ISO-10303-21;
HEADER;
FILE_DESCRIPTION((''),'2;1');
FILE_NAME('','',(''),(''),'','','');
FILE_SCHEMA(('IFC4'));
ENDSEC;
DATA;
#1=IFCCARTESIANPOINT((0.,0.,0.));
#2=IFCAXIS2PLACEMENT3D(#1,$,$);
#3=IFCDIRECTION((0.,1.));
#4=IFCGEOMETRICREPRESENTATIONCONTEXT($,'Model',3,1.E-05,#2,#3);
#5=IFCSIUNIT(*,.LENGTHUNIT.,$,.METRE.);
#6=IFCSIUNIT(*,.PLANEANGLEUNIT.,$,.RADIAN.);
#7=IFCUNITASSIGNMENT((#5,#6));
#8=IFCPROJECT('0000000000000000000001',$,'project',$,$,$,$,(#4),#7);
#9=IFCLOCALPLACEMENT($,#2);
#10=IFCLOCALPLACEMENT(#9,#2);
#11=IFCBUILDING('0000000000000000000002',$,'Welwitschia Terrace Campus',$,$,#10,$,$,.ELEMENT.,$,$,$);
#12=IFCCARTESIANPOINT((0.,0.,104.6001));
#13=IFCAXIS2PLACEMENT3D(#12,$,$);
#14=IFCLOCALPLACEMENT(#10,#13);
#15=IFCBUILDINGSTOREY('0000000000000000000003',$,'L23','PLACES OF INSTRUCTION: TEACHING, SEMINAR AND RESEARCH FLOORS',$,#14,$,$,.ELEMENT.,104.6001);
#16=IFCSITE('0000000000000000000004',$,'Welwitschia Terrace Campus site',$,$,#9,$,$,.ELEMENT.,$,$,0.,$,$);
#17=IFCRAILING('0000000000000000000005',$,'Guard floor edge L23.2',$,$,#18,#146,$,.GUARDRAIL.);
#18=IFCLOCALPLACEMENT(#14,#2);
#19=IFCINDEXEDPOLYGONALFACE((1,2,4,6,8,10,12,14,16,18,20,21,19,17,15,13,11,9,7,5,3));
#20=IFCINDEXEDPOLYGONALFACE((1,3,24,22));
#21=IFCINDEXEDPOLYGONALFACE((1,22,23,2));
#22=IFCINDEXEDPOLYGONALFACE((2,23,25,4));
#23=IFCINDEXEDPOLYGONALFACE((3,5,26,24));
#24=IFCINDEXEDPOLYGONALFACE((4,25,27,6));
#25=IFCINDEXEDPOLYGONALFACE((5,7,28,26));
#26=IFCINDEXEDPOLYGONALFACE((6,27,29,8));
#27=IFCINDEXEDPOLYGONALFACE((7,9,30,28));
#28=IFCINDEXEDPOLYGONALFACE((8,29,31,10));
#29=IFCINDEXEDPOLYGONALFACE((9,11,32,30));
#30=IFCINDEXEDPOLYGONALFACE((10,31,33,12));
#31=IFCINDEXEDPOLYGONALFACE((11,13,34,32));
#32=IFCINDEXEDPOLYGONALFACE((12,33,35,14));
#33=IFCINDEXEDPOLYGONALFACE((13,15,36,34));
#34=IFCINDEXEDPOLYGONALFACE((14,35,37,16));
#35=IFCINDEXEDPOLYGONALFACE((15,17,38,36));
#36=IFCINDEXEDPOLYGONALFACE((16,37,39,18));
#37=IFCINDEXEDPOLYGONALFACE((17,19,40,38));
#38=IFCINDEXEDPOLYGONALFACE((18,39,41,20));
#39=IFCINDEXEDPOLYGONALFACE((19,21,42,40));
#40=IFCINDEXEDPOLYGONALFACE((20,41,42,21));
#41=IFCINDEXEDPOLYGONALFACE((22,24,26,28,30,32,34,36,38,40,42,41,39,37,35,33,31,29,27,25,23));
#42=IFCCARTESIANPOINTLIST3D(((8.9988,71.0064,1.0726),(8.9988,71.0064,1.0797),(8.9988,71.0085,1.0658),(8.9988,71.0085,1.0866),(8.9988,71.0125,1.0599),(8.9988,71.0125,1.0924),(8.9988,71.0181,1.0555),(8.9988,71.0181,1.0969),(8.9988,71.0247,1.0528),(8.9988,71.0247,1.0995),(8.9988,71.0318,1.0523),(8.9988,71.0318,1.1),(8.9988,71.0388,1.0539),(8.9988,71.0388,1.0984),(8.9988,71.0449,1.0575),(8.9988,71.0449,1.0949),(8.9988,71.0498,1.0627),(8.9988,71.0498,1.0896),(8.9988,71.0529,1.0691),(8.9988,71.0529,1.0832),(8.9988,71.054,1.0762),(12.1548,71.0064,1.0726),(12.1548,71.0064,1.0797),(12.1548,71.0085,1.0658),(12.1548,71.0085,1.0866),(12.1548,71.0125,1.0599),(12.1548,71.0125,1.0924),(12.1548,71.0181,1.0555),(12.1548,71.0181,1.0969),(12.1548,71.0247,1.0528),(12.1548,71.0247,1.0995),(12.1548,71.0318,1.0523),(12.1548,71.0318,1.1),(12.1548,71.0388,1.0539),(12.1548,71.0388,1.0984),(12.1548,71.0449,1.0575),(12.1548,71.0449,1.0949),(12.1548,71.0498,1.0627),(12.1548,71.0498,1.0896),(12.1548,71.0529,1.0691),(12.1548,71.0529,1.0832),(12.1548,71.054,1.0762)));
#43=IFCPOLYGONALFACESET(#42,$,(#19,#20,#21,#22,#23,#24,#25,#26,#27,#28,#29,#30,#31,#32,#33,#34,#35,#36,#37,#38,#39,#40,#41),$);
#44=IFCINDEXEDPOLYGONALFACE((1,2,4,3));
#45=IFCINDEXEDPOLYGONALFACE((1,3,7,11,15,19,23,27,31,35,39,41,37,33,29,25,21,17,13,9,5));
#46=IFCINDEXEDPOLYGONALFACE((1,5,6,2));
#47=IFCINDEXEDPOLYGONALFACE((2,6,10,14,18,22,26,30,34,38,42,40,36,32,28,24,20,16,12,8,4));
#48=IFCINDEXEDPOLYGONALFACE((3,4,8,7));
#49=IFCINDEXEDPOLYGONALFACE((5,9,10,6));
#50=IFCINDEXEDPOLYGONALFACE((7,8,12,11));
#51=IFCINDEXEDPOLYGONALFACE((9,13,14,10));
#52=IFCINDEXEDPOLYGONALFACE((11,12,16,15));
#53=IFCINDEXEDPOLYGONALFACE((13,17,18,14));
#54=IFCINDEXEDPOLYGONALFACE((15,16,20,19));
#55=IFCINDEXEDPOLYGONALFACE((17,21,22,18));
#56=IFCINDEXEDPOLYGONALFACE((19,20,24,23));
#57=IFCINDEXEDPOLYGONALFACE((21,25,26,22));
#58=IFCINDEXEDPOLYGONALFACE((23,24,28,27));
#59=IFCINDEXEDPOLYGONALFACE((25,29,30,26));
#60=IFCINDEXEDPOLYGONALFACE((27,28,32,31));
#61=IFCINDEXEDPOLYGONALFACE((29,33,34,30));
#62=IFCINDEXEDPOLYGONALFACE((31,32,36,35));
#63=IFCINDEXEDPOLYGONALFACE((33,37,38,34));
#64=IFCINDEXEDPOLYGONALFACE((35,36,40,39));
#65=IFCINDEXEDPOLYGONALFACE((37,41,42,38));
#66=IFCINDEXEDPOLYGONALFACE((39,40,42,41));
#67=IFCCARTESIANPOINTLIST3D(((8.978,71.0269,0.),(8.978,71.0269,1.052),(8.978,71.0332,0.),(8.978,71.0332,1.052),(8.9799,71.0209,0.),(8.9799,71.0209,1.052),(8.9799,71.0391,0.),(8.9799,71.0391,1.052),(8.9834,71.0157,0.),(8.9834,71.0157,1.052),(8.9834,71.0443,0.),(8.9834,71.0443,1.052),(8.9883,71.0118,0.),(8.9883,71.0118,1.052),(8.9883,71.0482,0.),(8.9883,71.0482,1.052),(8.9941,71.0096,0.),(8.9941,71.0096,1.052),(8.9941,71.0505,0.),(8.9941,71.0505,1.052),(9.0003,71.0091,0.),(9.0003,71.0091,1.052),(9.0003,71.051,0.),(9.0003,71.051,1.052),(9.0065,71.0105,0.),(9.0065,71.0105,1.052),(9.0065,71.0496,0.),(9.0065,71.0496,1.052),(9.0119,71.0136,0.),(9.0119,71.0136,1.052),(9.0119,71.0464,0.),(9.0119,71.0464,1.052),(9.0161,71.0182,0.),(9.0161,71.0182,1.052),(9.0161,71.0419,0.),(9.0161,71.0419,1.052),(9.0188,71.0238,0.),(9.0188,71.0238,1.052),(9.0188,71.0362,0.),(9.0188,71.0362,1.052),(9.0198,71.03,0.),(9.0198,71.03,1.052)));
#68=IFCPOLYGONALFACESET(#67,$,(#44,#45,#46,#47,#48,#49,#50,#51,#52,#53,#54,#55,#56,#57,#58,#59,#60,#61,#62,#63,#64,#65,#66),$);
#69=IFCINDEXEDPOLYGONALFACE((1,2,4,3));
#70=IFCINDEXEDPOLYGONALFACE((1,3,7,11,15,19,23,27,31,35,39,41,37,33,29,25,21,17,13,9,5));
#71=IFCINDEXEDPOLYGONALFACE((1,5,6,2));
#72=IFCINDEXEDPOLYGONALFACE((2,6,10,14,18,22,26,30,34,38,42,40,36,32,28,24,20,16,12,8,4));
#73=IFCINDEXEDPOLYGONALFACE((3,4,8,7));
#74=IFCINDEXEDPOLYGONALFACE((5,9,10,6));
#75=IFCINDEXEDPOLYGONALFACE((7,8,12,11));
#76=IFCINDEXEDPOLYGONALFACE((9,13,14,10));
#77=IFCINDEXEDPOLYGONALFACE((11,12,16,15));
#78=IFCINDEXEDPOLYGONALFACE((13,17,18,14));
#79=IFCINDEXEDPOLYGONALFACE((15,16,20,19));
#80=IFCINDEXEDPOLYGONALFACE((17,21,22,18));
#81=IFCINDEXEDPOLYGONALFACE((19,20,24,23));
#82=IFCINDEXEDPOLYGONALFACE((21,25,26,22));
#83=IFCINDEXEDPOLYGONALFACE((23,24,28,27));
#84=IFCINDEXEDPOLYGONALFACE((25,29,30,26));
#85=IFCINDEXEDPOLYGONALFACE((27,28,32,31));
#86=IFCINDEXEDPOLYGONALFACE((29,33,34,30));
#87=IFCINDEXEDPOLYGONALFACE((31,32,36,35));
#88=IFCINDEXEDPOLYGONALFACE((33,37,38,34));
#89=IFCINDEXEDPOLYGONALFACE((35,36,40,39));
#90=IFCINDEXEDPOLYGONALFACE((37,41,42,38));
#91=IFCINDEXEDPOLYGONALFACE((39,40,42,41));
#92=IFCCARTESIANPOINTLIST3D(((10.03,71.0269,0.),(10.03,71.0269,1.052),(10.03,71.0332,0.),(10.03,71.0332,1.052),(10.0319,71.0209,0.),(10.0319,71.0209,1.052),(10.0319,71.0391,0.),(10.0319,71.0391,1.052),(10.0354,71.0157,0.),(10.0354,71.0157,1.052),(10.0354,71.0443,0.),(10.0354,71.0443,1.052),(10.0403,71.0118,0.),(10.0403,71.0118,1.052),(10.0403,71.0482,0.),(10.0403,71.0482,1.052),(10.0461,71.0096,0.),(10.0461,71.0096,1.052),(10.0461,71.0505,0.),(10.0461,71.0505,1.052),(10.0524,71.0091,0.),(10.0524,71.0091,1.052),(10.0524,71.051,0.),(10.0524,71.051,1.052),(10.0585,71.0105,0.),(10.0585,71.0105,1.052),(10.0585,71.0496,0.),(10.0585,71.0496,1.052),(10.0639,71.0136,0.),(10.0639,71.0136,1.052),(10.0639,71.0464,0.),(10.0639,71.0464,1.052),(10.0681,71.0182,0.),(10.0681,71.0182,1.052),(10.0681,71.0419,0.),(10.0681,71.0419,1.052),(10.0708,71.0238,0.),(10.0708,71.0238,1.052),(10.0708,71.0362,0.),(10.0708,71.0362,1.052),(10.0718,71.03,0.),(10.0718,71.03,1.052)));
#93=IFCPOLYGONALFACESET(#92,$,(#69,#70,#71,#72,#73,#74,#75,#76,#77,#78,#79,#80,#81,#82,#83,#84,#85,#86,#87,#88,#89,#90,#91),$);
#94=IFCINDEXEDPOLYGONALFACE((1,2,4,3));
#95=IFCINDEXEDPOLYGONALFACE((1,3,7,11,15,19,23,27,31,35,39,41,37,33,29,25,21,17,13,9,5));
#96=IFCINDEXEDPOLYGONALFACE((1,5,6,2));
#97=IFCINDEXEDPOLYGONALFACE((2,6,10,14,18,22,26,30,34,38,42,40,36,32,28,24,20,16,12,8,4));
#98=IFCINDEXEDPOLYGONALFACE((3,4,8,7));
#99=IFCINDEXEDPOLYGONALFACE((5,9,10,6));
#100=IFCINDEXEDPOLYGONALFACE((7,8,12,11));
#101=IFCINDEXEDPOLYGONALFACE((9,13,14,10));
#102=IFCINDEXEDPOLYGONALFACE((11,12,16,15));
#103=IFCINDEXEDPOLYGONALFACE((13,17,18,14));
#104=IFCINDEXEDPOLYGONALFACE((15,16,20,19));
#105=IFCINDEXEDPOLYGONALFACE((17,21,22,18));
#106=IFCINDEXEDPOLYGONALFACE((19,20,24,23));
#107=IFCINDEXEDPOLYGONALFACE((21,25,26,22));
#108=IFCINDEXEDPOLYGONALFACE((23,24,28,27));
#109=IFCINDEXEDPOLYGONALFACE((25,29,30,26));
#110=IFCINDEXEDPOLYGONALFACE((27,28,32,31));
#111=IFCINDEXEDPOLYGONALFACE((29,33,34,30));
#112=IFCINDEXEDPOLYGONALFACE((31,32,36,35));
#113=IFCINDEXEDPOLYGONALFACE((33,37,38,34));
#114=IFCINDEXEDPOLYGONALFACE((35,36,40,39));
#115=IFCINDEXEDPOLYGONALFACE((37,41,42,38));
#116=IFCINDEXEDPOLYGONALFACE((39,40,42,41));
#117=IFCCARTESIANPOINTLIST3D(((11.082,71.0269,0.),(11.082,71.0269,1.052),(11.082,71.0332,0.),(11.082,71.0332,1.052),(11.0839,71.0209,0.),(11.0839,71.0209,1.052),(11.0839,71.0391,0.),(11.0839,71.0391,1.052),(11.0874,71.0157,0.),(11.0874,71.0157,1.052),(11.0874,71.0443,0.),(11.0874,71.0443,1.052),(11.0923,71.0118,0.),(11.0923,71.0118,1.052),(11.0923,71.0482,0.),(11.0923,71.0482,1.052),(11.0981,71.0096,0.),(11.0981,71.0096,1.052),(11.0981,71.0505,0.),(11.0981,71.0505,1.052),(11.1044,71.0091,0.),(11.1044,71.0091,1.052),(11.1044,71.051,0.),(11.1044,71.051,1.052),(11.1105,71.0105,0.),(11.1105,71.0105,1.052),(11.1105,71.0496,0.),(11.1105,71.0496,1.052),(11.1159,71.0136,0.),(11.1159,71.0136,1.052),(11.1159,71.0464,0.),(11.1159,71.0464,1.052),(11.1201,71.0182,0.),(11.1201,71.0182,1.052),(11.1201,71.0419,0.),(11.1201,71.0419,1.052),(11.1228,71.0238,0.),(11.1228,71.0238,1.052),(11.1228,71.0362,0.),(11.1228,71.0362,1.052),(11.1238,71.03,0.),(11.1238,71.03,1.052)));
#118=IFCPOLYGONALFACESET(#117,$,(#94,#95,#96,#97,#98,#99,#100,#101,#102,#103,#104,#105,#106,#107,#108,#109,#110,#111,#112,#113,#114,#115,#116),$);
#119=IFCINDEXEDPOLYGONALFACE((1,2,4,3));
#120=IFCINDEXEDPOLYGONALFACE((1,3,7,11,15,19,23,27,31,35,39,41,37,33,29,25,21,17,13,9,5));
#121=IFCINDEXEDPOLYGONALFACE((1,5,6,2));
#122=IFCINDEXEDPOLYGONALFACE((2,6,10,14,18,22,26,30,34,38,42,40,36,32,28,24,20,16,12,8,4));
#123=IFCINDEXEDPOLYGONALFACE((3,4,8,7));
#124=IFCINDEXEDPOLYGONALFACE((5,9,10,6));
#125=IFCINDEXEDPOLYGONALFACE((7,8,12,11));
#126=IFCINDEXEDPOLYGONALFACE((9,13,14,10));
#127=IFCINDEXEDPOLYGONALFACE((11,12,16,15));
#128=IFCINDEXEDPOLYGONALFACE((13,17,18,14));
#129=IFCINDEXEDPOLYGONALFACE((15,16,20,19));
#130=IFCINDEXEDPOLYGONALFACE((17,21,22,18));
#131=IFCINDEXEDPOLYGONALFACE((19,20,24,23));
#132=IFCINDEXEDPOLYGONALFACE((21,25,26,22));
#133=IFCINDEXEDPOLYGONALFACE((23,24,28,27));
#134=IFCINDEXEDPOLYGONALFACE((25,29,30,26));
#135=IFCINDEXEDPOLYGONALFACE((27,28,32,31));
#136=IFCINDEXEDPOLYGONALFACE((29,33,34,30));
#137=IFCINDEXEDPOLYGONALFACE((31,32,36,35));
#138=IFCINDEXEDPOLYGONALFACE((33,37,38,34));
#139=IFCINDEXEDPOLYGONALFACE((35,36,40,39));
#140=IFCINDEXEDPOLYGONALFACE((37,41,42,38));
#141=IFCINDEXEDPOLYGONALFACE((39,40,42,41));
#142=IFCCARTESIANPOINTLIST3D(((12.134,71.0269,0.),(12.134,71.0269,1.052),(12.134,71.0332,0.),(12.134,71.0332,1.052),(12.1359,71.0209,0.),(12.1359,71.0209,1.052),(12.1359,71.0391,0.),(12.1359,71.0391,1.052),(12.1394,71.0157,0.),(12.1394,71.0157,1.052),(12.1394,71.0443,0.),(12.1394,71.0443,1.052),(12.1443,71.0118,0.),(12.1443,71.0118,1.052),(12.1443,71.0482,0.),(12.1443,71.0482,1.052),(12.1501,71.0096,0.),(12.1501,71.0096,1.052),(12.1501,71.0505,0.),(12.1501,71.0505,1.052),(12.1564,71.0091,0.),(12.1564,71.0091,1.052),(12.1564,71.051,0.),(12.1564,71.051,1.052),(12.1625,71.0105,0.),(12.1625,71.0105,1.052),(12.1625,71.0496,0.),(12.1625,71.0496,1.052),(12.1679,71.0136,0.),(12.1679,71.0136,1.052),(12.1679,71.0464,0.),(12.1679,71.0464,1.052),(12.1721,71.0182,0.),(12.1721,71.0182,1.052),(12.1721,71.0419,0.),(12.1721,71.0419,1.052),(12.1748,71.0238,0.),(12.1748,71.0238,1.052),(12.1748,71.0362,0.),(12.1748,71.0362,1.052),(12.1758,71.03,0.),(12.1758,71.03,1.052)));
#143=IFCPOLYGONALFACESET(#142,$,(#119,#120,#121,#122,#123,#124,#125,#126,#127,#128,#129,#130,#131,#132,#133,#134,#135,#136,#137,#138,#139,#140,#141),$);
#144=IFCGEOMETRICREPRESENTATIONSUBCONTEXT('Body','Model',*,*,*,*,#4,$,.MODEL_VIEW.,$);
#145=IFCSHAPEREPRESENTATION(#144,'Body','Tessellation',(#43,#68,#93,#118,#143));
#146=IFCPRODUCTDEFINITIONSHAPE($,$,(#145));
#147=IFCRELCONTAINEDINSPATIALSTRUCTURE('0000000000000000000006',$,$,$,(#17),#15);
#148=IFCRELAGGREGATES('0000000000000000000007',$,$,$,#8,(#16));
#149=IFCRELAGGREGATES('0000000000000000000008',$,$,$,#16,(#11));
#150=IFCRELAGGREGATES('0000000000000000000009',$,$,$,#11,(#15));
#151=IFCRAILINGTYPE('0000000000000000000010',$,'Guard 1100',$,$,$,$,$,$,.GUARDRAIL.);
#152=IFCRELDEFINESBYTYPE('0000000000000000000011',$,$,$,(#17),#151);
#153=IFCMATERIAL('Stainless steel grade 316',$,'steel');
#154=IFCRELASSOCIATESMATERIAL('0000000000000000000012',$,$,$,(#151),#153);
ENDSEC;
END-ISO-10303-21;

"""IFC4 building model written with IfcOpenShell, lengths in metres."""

from ifc_helpers import new_model, si_unit, direction, frame, origin, origin_2d, place, context, subcontext, project, spatial, circle, extrude, material, type_object, element, save


model = new_model("IFC4")

# Units and contexts
model_context = context("Model", 3, precision=1e-05, world=origin(), true_north=direction((0.0, 1.0)))
body_context = subcontext(model_context, "Body", "Model", "MODEL_VIEW")
ifc_project = project(units=[si_unit("LENGTHUNIT", "METRE"), si_unit("PLANEANGLEUNIT", "RADIAN")], contexts=[model_context])

# Site, building, storey
site_placement = place(None, origin())
site = spatial("IfcSite", under=ifc_project, at=site_placement, Name="Welwitschia Terrace Campus site", CompositionType="ELEMENT", RefElevation=0.0)
building_placement = place(site_placement, origin())
building = spatial("IfcBuilding", under=site, at=building_placement, Name="Welwitschia Terrace Campus", CompositionType="ELEMENT")
storey_placement = place(building_placement, frame((0.0, 0.0, 104.6001)))
storey = spatial("IfcBuildingStorey", under=building, at=storey_placement, Name="L23", Description="PLACES OF INSTRUCTION: TEACHING, SEMINAR AND RESEARCH FLOORS", CompositionType="ELEMENT", Elevation=104.6001)

# Railing
ifc_material_1 = material(Name="Stainless steel grade 316", Category="steel")
railing_type = type_object("IfcRailingType", Name="Guard 1100", PredefinedType="GUARDRAIL", material=ifc_material_1)
railing_1_placement = place(storey_placement, frame((8.9988, 71.03, 0.0)))
element("IfcRailing", 1, at=railing_1_placement, inside=storey, type_object=railing_type, Name="Guard floor edge L23.2", PredefinedType="GUARDRAIL", context=body_context, shape_type="SweptSolid", body=[
    extrude(circle(Radius=0.0239, at=origin_2d()), frame((0.0, 0.0, 1.0762), z_axis=(1.0, 0.0, 0.0), x_axis=(0.0, 1.0, 0.0)), (0.0, 0.0, 1.0), 3.156),
    extrude(circle(Radius=0.021, at=origin_2d()), origin(), (0.0, 0.0, 1.0), 1.052),
    extrude(circle(Radius=0.021, at=origin_2d()), frame((1.052, 0.0, 0.0)), (0.0, 0.0, 1.0), 1.052),
    extrude(circle(Radius=0.021, at=origin_2d()), frame((2.104, 0.0, 0.0)), (0.0, 0.0, 1.0), 1.052),
    extrude(circle(Radius=0.021, at=origin_2d()), frame((3.156, 0.0, 0.0)), (0.0, 0.0, 1.0), 1.052),
])

save(model, "model.ifc")
